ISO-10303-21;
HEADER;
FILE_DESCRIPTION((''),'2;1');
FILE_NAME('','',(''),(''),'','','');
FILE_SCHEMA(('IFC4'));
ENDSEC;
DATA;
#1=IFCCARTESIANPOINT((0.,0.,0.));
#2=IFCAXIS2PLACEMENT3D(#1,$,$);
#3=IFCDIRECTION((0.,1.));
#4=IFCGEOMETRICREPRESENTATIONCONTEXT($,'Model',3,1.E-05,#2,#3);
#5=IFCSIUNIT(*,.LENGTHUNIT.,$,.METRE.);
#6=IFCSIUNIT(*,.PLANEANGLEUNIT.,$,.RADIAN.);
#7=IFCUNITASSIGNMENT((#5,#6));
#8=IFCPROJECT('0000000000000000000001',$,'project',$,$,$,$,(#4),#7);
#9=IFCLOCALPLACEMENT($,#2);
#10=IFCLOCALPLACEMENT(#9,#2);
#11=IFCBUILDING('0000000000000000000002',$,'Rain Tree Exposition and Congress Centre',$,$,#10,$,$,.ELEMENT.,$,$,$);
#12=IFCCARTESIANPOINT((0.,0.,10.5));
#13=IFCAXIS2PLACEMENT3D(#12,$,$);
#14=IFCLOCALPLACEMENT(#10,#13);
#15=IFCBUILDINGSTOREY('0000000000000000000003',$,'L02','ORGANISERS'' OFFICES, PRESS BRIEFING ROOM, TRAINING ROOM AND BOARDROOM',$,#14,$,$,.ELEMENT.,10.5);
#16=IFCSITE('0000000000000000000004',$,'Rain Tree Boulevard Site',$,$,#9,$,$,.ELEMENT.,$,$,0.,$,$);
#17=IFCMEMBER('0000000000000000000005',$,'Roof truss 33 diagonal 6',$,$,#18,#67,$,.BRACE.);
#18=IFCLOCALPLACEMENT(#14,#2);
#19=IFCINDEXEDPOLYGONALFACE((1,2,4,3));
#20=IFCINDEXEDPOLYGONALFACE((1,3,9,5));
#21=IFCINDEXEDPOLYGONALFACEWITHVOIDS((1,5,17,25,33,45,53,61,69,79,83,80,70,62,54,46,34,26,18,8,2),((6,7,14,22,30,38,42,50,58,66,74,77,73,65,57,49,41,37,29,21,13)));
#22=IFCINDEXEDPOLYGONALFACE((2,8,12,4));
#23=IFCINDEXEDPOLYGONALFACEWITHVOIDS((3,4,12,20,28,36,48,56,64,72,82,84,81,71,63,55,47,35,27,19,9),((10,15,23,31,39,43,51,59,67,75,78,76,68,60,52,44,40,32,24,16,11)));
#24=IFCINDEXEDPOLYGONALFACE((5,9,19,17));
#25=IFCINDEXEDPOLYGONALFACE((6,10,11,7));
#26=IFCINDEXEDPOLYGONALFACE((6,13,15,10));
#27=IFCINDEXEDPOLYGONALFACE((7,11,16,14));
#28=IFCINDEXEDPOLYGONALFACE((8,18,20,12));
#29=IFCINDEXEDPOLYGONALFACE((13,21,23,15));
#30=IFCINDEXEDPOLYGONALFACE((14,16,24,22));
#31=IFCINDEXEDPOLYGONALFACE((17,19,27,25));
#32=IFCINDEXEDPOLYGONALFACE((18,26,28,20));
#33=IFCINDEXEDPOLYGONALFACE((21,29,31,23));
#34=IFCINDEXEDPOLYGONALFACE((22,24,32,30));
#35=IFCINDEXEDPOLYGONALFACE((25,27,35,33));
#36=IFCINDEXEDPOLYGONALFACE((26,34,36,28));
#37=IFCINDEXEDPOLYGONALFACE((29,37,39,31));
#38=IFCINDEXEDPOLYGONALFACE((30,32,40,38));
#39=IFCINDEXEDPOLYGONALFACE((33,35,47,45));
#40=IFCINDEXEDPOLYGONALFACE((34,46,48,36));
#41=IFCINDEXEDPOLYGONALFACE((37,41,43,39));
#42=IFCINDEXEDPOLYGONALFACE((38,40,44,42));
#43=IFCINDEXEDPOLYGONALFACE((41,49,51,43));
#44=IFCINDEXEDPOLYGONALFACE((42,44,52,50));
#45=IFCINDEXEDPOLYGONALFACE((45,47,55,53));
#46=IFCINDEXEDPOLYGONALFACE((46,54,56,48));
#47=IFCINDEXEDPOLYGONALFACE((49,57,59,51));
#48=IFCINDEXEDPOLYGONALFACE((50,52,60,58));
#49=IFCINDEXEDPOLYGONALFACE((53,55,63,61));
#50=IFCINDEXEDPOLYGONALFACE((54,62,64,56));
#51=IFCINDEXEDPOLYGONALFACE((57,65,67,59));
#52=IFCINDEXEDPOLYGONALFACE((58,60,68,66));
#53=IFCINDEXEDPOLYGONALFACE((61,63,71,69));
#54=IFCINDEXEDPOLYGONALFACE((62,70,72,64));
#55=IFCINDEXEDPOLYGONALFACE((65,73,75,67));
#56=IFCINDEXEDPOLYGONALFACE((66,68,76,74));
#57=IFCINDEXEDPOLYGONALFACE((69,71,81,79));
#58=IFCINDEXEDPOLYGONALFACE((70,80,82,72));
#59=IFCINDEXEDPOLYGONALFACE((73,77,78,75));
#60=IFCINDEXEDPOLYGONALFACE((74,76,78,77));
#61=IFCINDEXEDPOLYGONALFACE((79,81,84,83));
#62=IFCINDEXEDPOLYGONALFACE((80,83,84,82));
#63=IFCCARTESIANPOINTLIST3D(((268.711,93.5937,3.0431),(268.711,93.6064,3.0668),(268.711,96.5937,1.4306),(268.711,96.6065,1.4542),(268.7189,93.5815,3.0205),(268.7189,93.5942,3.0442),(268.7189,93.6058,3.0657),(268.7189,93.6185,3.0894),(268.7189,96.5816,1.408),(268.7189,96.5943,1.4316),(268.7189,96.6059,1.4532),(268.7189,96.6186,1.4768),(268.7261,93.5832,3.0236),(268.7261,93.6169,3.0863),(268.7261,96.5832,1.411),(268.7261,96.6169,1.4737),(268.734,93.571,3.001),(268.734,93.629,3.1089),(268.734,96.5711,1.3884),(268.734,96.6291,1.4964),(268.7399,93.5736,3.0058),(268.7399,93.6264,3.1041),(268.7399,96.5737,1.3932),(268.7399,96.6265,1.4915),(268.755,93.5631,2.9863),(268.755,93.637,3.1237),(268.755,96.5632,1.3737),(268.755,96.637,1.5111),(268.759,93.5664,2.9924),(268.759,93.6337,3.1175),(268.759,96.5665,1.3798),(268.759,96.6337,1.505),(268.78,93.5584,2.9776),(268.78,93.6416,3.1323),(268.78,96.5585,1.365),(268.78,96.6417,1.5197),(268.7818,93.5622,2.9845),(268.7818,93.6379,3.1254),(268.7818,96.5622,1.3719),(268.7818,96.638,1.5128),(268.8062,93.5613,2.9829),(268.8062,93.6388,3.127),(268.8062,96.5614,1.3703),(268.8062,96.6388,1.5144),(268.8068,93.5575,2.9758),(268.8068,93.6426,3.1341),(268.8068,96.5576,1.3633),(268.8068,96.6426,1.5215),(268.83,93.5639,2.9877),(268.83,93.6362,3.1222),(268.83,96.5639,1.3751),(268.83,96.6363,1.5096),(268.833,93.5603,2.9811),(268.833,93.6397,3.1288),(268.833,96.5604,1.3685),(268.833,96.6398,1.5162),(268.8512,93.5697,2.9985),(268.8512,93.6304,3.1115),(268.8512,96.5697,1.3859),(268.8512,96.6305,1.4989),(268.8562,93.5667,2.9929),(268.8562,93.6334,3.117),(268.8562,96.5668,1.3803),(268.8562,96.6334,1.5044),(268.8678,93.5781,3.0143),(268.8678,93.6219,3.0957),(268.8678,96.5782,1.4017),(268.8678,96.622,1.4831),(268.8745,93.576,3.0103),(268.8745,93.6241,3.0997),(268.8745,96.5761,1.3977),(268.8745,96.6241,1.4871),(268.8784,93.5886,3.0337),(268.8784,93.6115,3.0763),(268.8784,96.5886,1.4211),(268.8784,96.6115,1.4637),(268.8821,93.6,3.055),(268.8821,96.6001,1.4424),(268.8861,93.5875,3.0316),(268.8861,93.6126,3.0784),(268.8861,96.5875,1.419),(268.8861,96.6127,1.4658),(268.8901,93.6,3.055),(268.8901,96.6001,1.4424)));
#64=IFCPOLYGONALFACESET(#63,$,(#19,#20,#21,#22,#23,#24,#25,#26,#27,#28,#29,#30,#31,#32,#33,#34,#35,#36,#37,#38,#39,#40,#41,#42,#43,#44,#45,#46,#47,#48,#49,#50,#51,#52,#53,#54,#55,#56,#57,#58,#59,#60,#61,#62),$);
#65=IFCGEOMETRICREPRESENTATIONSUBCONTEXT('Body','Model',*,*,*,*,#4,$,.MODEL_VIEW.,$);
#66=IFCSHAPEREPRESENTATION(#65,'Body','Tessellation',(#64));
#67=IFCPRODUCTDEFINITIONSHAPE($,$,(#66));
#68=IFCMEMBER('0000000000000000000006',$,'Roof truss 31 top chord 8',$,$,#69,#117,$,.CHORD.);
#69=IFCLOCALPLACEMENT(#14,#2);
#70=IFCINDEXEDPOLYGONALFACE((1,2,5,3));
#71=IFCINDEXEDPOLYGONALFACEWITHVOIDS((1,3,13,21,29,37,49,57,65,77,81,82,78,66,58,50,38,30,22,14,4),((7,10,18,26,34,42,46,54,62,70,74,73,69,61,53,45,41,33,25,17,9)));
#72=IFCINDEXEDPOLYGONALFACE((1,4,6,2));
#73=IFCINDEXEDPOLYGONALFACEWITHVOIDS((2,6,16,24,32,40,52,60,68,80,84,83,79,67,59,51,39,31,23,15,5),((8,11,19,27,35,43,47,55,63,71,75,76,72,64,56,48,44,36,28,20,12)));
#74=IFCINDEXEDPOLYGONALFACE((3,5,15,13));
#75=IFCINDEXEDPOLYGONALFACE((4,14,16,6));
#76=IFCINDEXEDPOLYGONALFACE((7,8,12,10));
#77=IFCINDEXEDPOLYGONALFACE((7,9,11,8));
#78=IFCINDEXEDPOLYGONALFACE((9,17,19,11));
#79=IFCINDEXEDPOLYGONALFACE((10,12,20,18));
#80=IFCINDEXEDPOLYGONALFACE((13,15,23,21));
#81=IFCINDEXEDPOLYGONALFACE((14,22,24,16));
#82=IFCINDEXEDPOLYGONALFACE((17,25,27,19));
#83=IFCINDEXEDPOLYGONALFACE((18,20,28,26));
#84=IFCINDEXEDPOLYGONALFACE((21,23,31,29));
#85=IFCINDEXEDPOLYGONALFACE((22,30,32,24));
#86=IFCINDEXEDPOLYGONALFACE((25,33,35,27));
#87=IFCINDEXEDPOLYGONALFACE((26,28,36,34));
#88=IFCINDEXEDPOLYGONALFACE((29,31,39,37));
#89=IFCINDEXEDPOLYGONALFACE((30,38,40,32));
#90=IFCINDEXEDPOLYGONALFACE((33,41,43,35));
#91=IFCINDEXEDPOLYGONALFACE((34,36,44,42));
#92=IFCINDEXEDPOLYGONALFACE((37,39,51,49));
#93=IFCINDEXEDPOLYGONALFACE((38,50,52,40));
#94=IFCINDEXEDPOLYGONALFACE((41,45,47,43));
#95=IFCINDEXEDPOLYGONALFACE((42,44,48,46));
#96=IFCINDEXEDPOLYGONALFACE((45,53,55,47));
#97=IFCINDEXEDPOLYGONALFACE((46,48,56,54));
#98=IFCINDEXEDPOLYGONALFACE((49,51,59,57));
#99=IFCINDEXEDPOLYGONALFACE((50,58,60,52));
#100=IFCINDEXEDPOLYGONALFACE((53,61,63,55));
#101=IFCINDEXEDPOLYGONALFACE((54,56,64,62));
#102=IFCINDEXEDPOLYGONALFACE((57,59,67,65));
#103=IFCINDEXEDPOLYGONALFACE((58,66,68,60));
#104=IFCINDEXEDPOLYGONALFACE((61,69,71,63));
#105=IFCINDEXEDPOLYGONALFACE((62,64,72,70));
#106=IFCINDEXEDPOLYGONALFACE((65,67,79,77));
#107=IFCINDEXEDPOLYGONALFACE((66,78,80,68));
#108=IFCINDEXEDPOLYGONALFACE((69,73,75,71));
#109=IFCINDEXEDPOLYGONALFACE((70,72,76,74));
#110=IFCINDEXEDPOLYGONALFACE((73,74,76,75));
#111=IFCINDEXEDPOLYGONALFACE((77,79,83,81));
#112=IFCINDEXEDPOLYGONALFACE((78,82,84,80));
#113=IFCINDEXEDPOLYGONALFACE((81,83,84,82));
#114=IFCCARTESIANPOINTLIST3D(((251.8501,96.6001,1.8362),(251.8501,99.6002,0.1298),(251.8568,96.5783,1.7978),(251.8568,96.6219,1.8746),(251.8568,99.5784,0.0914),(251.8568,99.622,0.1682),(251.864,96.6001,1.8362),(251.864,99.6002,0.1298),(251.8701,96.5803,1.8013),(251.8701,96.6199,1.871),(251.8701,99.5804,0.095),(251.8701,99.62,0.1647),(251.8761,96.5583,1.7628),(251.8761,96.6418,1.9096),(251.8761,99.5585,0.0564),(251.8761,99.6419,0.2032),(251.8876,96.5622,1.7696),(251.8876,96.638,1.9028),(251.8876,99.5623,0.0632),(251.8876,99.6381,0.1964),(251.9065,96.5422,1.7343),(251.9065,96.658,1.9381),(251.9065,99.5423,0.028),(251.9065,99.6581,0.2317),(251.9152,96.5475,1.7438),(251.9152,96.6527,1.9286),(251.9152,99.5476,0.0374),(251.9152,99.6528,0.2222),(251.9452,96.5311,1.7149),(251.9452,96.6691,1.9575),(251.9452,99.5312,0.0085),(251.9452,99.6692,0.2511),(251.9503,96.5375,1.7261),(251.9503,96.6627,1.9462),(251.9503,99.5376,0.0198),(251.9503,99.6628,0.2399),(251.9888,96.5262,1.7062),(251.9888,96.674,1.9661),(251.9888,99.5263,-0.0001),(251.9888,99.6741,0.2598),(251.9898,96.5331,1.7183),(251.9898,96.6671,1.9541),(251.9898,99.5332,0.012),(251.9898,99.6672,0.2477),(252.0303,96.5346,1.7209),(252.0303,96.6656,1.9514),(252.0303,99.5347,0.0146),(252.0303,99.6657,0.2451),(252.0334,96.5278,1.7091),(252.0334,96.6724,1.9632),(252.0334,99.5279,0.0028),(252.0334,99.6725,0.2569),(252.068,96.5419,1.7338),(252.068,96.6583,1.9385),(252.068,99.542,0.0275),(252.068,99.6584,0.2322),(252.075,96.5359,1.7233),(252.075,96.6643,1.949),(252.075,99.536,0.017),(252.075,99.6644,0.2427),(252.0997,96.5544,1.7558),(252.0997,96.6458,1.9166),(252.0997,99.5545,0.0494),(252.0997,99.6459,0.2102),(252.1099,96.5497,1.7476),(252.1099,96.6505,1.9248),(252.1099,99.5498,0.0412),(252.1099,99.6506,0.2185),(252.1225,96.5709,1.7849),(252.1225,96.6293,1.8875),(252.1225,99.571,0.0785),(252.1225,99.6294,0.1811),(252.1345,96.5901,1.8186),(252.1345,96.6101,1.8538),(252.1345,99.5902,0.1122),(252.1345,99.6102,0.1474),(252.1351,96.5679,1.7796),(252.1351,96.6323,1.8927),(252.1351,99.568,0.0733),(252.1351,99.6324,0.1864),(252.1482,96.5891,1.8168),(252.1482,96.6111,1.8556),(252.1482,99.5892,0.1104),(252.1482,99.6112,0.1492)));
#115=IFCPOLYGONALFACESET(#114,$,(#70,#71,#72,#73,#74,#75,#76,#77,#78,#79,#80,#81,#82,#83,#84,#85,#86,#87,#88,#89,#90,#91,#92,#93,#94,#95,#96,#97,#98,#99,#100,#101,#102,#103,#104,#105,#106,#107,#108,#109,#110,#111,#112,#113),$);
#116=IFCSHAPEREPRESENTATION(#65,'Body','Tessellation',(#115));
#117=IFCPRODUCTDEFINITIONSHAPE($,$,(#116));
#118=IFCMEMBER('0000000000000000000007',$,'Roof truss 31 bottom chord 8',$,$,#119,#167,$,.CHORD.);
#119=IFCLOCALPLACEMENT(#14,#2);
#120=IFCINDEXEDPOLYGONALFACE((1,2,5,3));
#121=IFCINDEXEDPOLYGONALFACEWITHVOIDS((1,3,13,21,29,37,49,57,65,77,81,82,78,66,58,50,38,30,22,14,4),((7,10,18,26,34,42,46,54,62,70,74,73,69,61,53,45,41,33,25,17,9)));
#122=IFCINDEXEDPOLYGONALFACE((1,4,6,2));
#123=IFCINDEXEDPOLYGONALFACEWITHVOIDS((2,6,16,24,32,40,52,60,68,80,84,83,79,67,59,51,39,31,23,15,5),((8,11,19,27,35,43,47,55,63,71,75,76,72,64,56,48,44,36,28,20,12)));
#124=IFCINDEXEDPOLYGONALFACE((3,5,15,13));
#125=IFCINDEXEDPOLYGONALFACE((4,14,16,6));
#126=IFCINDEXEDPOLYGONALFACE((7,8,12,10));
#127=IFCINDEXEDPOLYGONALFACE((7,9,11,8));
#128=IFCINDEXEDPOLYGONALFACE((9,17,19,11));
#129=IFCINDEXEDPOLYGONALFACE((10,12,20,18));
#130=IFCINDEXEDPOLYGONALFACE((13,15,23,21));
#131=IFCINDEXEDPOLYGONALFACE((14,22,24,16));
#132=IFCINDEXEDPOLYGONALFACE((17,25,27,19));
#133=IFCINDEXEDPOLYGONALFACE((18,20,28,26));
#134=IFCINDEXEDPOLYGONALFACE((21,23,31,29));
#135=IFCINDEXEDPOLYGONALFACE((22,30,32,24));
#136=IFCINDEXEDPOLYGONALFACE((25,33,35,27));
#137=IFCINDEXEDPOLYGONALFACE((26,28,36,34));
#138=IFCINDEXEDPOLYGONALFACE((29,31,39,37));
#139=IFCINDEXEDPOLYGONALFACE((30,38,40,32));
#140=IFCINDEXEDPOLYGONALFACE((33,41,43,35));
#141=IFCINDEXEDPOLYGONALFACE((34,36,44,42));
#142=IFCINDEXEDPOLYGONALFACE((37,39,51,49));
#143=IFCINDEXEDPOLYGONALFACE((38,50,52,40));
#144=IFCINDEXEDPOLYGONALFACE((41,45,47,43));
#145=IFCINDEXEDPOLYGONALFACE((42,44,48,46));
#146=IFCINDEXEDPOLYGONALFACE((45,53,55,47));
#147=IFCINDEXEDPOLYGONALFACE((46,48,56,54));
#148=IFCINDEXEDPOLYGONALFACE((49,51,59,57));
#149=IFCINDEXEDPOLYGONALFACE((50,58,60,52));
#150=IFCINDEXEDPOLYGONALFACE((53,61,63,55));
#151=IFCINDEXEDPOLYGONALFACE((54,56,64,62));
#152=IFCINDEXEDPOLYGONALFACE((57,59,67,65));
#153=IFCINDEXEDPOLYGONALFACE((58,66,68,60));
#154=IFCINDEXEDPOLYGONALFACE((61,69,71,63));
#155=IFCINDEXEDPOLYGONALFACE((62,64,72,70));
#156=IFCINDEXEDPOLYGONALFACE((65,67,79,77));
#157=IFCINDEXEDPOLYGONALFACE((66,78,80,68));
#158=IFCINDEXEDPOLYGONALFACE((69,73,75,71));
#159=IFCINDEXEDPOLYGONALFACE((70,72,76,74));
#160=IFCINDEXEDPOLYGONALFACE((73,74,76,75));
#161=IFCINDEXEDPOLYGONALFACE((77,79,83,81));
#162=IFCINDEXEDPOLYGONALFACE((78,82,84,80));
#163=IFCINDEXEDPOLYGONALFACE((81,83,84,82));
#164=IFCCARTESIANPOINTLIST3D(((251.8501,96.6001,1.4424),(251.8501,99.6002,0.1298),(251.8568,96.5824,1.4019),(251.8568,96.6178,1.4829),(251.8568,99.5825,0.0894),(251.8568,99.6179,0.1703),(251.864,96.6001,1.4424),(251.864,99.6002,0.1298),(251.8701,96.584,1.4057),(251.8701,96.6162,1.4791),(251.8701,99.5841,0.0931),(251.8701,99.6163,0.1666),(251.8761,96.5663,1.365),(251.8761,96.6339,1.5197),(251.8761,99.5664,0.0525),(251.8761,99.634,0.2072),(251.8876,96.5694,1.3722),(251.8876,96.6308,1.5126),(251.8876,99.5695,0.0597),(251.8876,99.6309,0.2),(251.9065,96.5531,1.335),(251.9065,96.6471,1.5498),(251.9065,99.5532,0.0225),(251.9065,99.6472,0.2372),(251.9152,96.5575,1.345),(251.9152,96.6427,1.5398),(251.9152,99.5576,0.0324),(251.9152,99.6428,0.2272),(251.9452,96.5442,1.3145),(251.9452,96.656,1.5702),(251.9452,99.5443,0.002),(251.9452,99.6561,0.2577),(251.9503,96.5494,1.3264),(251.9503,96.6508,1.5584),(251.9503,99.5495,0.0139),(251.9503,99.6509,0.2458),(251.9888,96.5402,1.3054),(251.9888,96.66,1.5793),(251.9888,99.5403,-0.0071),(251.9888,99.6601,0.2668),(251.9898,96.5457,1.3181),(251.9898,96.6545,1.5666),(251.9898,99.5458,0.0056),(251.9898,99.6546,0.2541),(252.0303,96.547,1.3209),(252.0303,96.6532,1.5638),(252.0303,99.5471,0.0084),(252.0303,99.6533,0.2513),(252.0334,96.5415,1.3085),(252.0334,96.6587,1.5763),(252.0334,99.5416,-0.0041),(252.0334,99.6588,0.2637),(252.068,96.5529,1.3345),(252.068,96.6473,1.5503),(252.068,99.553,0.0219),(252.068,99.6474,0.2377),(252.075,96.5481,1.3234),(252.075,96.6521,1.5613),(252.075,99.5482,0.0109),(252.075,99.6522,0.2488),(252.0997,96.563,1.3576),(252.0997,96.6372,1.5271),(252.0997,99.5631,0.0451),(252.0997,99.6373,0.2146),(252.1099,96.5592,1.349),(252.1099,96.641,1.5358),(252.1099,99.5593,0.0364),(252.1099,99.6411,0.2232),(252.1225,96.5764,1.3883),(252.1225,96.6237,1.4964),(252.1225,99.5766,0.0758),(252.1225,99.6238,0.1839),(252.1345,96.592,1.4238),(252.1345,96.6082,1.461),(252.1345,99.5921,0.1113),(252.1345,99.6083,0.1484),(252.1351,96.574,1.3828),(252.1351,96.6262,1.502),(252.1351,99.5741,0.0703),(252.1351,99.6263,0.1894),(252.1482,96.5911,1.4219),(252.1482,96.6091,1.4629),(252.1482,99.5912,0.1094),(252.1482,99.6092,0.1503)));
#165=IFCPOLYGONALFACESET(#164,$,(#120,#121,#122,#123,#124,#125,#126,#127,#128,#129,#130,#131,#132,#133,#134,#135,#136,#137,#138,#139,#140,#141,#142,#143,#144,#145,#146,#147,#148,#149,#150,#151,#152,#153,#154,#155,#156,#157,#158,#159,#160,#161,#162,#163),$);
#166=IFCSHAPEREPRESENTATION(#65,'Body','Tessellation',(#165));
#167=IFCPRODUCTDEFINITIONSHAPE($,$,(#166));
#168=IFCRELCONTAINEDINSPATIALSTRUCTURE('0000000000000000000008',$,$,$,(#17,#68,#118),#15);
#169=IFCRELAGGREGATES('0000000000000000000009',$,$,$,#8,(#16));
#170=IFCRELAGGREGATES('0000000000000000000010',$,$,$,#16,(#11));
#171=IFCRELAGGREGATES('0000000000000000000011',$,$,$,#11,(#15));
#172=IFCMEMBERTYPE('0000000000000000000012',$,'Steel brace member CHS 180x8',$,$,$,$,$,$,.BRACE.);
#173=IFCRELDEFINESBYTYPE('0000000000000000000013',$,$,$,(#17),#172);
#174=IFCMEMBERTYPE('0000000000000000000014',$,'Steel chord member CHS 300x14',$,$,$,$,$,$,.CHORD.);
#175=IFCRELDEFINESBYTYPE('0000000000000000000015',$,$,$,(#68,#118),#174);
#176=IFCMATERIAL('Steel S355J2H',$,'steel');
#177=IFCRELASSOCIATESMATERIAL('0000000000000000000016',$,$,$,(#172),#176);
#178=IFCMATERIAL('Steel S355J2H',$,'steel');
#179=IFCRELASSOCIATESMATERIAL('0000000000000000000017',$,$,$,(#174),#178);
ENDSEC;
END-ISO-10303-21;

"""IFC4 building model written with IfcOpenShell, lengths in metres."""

from ifc_helpers import new_model, si_unit, direction, frame, origin, origin_2d, place, context, subcontext, project, spatial, hollow_circle, extrude, material, material_profile, profile_set, type_object, element, save


model = new_model("IFC4")

# Units and contexts
model_context = context("Model", 3, precision=1e-05, world=origin(), true_north=direction((0.0, 1.0)))
body_context = subcontext(model_context, "Body", "Model", "MODEL_VIEW")
ifc_project = project(units=[si_unit("LENGTHUNIT", "METRE"), si_unit("PLANEANGLEUNIT", "RADIAN")], contexts=[model_context])

# Site, building, storey
site_placement = place(None, origin())
site = spatial("IfcSite", under=ifc_project, at=site_placement, Name="Rain Tree Boulevard Site", CompositionType="ELEMENT", RefElevation=0.0)
building_placement = place(site_placement, origin())
building = spatial("IfcBuilding", under=site, at=building_placement, Name="Rain Tree Exposition and Congress Centre", CompositionType="ELEMENT")
storey_placement = place(building_placement, frame((0.0, 0.0, 10.5)))
storey = spatial("IfcBuildingStorey", under=building, at=storey_placement, Name="L02", Description="ORGANISERS' OFFICES, PRESS BRIEFING ROOM, TRAINING ROOM AND BOARDROOM", CompositionType="ELEMENT", Elevation=10.5)

# Members
ifc_material_1 = material(Name="Steel S355J2H", Category="steel")
ifc_material_profile_1 = material_profile(ifc_material_1, hollow_circle(Radius=0.0901, WallThickness=0.0081, at=origin_2d()), Name="CHS 180x8")
ifc_profile_set_1 = profile_set([ifc_material_profile_1], Name="Steel S355J2H")
member_type_1 = type_object("IfcMemberType", Name="Steel brace member CHS 180x8", PredefinedType="BRACE", material=ifc_profile_set_1)
for number, where, z_axis, x_axis, name in (
    (1, (268.8, 96.6001, 1.4424), (0.0, -0.880818, 0.473454), (1.0, 0.0, 0.0), "Roof truss 33 diagonal 6"),
):
    element("IfcMember", number, at=place(storey_placement, frame(where, z_axis=z_axis, x_axis=x_axis)), inside=storey, type_object=member_type_1, Name=name, PredefinedType="BRACE", context=body_context, shape_type="SweptSolid", body=[
        extrude(hollow_circle(Radius=0.0901, WallThickness=0.0081, at=origin_2d()), origin(), (0.0, 0.0, 1.0), 3.406),
    ])
ifc_material_2 = material(Name="Steel S355J2H", Category="steel")
ifc_material_profile_2 = material_profile(ifc_material_2, hollow_circle(Radius=0.1499, WallThickness=0.0139, at=origin_2d()), Name="CHS 300x14")
ifc_profile_set_2 = profile_set([ifc_material_profile_2], Name="Steel S355J2H")
member_type_2 = type_object("IfcMemberType", Name="Steel chord member CHS 300x14", PredefinedType="CHORD", material=ifc_profile_set_2)
member_1_placement = place(storey_placement, frame((252.0, 96.6001, 1.8362), z_axis=(0.0, 0.869238, -0.494393), x_axis=(-1.0, 0.0, 0.0)))
element("IfcMember", 2, at=member_1_placement, inside=storey, type_object=member_type_2, Name="Roof truss 31 top chord 8", PredefinedType="CHORD", context=body_context, shape_type="SweptSolid", body=[
    extrude(hollow_circle(Radius=0.1499, WallThickness=0.0139, at=origin_2d()), origin(), (0.0, 0.0, 1.0), 3.4514),
])
member_2_placement = place(storey_placement, frame((252.0, 96.6001, 1.4424), z_axis=(0.0, 0.916157, -0.400819), x_axis=(-1.0, 0.0, 0.0)))
element("IfcMember", 3, at=member_2_placement, inside=storey, type_object=member_type_2, Name="Roof truss 31 bottom chord 8", PredefinedType="CHORD", context=body_context, shape_type="SweptSolid", body=[
    extrude(hollow_circle(Radius=0.1499, WallThickness=0.0139, at=origin_2d()), origin(), (0.0, 0.0, 1.0), 3.2747),
])

save(model, "model.ifc")
